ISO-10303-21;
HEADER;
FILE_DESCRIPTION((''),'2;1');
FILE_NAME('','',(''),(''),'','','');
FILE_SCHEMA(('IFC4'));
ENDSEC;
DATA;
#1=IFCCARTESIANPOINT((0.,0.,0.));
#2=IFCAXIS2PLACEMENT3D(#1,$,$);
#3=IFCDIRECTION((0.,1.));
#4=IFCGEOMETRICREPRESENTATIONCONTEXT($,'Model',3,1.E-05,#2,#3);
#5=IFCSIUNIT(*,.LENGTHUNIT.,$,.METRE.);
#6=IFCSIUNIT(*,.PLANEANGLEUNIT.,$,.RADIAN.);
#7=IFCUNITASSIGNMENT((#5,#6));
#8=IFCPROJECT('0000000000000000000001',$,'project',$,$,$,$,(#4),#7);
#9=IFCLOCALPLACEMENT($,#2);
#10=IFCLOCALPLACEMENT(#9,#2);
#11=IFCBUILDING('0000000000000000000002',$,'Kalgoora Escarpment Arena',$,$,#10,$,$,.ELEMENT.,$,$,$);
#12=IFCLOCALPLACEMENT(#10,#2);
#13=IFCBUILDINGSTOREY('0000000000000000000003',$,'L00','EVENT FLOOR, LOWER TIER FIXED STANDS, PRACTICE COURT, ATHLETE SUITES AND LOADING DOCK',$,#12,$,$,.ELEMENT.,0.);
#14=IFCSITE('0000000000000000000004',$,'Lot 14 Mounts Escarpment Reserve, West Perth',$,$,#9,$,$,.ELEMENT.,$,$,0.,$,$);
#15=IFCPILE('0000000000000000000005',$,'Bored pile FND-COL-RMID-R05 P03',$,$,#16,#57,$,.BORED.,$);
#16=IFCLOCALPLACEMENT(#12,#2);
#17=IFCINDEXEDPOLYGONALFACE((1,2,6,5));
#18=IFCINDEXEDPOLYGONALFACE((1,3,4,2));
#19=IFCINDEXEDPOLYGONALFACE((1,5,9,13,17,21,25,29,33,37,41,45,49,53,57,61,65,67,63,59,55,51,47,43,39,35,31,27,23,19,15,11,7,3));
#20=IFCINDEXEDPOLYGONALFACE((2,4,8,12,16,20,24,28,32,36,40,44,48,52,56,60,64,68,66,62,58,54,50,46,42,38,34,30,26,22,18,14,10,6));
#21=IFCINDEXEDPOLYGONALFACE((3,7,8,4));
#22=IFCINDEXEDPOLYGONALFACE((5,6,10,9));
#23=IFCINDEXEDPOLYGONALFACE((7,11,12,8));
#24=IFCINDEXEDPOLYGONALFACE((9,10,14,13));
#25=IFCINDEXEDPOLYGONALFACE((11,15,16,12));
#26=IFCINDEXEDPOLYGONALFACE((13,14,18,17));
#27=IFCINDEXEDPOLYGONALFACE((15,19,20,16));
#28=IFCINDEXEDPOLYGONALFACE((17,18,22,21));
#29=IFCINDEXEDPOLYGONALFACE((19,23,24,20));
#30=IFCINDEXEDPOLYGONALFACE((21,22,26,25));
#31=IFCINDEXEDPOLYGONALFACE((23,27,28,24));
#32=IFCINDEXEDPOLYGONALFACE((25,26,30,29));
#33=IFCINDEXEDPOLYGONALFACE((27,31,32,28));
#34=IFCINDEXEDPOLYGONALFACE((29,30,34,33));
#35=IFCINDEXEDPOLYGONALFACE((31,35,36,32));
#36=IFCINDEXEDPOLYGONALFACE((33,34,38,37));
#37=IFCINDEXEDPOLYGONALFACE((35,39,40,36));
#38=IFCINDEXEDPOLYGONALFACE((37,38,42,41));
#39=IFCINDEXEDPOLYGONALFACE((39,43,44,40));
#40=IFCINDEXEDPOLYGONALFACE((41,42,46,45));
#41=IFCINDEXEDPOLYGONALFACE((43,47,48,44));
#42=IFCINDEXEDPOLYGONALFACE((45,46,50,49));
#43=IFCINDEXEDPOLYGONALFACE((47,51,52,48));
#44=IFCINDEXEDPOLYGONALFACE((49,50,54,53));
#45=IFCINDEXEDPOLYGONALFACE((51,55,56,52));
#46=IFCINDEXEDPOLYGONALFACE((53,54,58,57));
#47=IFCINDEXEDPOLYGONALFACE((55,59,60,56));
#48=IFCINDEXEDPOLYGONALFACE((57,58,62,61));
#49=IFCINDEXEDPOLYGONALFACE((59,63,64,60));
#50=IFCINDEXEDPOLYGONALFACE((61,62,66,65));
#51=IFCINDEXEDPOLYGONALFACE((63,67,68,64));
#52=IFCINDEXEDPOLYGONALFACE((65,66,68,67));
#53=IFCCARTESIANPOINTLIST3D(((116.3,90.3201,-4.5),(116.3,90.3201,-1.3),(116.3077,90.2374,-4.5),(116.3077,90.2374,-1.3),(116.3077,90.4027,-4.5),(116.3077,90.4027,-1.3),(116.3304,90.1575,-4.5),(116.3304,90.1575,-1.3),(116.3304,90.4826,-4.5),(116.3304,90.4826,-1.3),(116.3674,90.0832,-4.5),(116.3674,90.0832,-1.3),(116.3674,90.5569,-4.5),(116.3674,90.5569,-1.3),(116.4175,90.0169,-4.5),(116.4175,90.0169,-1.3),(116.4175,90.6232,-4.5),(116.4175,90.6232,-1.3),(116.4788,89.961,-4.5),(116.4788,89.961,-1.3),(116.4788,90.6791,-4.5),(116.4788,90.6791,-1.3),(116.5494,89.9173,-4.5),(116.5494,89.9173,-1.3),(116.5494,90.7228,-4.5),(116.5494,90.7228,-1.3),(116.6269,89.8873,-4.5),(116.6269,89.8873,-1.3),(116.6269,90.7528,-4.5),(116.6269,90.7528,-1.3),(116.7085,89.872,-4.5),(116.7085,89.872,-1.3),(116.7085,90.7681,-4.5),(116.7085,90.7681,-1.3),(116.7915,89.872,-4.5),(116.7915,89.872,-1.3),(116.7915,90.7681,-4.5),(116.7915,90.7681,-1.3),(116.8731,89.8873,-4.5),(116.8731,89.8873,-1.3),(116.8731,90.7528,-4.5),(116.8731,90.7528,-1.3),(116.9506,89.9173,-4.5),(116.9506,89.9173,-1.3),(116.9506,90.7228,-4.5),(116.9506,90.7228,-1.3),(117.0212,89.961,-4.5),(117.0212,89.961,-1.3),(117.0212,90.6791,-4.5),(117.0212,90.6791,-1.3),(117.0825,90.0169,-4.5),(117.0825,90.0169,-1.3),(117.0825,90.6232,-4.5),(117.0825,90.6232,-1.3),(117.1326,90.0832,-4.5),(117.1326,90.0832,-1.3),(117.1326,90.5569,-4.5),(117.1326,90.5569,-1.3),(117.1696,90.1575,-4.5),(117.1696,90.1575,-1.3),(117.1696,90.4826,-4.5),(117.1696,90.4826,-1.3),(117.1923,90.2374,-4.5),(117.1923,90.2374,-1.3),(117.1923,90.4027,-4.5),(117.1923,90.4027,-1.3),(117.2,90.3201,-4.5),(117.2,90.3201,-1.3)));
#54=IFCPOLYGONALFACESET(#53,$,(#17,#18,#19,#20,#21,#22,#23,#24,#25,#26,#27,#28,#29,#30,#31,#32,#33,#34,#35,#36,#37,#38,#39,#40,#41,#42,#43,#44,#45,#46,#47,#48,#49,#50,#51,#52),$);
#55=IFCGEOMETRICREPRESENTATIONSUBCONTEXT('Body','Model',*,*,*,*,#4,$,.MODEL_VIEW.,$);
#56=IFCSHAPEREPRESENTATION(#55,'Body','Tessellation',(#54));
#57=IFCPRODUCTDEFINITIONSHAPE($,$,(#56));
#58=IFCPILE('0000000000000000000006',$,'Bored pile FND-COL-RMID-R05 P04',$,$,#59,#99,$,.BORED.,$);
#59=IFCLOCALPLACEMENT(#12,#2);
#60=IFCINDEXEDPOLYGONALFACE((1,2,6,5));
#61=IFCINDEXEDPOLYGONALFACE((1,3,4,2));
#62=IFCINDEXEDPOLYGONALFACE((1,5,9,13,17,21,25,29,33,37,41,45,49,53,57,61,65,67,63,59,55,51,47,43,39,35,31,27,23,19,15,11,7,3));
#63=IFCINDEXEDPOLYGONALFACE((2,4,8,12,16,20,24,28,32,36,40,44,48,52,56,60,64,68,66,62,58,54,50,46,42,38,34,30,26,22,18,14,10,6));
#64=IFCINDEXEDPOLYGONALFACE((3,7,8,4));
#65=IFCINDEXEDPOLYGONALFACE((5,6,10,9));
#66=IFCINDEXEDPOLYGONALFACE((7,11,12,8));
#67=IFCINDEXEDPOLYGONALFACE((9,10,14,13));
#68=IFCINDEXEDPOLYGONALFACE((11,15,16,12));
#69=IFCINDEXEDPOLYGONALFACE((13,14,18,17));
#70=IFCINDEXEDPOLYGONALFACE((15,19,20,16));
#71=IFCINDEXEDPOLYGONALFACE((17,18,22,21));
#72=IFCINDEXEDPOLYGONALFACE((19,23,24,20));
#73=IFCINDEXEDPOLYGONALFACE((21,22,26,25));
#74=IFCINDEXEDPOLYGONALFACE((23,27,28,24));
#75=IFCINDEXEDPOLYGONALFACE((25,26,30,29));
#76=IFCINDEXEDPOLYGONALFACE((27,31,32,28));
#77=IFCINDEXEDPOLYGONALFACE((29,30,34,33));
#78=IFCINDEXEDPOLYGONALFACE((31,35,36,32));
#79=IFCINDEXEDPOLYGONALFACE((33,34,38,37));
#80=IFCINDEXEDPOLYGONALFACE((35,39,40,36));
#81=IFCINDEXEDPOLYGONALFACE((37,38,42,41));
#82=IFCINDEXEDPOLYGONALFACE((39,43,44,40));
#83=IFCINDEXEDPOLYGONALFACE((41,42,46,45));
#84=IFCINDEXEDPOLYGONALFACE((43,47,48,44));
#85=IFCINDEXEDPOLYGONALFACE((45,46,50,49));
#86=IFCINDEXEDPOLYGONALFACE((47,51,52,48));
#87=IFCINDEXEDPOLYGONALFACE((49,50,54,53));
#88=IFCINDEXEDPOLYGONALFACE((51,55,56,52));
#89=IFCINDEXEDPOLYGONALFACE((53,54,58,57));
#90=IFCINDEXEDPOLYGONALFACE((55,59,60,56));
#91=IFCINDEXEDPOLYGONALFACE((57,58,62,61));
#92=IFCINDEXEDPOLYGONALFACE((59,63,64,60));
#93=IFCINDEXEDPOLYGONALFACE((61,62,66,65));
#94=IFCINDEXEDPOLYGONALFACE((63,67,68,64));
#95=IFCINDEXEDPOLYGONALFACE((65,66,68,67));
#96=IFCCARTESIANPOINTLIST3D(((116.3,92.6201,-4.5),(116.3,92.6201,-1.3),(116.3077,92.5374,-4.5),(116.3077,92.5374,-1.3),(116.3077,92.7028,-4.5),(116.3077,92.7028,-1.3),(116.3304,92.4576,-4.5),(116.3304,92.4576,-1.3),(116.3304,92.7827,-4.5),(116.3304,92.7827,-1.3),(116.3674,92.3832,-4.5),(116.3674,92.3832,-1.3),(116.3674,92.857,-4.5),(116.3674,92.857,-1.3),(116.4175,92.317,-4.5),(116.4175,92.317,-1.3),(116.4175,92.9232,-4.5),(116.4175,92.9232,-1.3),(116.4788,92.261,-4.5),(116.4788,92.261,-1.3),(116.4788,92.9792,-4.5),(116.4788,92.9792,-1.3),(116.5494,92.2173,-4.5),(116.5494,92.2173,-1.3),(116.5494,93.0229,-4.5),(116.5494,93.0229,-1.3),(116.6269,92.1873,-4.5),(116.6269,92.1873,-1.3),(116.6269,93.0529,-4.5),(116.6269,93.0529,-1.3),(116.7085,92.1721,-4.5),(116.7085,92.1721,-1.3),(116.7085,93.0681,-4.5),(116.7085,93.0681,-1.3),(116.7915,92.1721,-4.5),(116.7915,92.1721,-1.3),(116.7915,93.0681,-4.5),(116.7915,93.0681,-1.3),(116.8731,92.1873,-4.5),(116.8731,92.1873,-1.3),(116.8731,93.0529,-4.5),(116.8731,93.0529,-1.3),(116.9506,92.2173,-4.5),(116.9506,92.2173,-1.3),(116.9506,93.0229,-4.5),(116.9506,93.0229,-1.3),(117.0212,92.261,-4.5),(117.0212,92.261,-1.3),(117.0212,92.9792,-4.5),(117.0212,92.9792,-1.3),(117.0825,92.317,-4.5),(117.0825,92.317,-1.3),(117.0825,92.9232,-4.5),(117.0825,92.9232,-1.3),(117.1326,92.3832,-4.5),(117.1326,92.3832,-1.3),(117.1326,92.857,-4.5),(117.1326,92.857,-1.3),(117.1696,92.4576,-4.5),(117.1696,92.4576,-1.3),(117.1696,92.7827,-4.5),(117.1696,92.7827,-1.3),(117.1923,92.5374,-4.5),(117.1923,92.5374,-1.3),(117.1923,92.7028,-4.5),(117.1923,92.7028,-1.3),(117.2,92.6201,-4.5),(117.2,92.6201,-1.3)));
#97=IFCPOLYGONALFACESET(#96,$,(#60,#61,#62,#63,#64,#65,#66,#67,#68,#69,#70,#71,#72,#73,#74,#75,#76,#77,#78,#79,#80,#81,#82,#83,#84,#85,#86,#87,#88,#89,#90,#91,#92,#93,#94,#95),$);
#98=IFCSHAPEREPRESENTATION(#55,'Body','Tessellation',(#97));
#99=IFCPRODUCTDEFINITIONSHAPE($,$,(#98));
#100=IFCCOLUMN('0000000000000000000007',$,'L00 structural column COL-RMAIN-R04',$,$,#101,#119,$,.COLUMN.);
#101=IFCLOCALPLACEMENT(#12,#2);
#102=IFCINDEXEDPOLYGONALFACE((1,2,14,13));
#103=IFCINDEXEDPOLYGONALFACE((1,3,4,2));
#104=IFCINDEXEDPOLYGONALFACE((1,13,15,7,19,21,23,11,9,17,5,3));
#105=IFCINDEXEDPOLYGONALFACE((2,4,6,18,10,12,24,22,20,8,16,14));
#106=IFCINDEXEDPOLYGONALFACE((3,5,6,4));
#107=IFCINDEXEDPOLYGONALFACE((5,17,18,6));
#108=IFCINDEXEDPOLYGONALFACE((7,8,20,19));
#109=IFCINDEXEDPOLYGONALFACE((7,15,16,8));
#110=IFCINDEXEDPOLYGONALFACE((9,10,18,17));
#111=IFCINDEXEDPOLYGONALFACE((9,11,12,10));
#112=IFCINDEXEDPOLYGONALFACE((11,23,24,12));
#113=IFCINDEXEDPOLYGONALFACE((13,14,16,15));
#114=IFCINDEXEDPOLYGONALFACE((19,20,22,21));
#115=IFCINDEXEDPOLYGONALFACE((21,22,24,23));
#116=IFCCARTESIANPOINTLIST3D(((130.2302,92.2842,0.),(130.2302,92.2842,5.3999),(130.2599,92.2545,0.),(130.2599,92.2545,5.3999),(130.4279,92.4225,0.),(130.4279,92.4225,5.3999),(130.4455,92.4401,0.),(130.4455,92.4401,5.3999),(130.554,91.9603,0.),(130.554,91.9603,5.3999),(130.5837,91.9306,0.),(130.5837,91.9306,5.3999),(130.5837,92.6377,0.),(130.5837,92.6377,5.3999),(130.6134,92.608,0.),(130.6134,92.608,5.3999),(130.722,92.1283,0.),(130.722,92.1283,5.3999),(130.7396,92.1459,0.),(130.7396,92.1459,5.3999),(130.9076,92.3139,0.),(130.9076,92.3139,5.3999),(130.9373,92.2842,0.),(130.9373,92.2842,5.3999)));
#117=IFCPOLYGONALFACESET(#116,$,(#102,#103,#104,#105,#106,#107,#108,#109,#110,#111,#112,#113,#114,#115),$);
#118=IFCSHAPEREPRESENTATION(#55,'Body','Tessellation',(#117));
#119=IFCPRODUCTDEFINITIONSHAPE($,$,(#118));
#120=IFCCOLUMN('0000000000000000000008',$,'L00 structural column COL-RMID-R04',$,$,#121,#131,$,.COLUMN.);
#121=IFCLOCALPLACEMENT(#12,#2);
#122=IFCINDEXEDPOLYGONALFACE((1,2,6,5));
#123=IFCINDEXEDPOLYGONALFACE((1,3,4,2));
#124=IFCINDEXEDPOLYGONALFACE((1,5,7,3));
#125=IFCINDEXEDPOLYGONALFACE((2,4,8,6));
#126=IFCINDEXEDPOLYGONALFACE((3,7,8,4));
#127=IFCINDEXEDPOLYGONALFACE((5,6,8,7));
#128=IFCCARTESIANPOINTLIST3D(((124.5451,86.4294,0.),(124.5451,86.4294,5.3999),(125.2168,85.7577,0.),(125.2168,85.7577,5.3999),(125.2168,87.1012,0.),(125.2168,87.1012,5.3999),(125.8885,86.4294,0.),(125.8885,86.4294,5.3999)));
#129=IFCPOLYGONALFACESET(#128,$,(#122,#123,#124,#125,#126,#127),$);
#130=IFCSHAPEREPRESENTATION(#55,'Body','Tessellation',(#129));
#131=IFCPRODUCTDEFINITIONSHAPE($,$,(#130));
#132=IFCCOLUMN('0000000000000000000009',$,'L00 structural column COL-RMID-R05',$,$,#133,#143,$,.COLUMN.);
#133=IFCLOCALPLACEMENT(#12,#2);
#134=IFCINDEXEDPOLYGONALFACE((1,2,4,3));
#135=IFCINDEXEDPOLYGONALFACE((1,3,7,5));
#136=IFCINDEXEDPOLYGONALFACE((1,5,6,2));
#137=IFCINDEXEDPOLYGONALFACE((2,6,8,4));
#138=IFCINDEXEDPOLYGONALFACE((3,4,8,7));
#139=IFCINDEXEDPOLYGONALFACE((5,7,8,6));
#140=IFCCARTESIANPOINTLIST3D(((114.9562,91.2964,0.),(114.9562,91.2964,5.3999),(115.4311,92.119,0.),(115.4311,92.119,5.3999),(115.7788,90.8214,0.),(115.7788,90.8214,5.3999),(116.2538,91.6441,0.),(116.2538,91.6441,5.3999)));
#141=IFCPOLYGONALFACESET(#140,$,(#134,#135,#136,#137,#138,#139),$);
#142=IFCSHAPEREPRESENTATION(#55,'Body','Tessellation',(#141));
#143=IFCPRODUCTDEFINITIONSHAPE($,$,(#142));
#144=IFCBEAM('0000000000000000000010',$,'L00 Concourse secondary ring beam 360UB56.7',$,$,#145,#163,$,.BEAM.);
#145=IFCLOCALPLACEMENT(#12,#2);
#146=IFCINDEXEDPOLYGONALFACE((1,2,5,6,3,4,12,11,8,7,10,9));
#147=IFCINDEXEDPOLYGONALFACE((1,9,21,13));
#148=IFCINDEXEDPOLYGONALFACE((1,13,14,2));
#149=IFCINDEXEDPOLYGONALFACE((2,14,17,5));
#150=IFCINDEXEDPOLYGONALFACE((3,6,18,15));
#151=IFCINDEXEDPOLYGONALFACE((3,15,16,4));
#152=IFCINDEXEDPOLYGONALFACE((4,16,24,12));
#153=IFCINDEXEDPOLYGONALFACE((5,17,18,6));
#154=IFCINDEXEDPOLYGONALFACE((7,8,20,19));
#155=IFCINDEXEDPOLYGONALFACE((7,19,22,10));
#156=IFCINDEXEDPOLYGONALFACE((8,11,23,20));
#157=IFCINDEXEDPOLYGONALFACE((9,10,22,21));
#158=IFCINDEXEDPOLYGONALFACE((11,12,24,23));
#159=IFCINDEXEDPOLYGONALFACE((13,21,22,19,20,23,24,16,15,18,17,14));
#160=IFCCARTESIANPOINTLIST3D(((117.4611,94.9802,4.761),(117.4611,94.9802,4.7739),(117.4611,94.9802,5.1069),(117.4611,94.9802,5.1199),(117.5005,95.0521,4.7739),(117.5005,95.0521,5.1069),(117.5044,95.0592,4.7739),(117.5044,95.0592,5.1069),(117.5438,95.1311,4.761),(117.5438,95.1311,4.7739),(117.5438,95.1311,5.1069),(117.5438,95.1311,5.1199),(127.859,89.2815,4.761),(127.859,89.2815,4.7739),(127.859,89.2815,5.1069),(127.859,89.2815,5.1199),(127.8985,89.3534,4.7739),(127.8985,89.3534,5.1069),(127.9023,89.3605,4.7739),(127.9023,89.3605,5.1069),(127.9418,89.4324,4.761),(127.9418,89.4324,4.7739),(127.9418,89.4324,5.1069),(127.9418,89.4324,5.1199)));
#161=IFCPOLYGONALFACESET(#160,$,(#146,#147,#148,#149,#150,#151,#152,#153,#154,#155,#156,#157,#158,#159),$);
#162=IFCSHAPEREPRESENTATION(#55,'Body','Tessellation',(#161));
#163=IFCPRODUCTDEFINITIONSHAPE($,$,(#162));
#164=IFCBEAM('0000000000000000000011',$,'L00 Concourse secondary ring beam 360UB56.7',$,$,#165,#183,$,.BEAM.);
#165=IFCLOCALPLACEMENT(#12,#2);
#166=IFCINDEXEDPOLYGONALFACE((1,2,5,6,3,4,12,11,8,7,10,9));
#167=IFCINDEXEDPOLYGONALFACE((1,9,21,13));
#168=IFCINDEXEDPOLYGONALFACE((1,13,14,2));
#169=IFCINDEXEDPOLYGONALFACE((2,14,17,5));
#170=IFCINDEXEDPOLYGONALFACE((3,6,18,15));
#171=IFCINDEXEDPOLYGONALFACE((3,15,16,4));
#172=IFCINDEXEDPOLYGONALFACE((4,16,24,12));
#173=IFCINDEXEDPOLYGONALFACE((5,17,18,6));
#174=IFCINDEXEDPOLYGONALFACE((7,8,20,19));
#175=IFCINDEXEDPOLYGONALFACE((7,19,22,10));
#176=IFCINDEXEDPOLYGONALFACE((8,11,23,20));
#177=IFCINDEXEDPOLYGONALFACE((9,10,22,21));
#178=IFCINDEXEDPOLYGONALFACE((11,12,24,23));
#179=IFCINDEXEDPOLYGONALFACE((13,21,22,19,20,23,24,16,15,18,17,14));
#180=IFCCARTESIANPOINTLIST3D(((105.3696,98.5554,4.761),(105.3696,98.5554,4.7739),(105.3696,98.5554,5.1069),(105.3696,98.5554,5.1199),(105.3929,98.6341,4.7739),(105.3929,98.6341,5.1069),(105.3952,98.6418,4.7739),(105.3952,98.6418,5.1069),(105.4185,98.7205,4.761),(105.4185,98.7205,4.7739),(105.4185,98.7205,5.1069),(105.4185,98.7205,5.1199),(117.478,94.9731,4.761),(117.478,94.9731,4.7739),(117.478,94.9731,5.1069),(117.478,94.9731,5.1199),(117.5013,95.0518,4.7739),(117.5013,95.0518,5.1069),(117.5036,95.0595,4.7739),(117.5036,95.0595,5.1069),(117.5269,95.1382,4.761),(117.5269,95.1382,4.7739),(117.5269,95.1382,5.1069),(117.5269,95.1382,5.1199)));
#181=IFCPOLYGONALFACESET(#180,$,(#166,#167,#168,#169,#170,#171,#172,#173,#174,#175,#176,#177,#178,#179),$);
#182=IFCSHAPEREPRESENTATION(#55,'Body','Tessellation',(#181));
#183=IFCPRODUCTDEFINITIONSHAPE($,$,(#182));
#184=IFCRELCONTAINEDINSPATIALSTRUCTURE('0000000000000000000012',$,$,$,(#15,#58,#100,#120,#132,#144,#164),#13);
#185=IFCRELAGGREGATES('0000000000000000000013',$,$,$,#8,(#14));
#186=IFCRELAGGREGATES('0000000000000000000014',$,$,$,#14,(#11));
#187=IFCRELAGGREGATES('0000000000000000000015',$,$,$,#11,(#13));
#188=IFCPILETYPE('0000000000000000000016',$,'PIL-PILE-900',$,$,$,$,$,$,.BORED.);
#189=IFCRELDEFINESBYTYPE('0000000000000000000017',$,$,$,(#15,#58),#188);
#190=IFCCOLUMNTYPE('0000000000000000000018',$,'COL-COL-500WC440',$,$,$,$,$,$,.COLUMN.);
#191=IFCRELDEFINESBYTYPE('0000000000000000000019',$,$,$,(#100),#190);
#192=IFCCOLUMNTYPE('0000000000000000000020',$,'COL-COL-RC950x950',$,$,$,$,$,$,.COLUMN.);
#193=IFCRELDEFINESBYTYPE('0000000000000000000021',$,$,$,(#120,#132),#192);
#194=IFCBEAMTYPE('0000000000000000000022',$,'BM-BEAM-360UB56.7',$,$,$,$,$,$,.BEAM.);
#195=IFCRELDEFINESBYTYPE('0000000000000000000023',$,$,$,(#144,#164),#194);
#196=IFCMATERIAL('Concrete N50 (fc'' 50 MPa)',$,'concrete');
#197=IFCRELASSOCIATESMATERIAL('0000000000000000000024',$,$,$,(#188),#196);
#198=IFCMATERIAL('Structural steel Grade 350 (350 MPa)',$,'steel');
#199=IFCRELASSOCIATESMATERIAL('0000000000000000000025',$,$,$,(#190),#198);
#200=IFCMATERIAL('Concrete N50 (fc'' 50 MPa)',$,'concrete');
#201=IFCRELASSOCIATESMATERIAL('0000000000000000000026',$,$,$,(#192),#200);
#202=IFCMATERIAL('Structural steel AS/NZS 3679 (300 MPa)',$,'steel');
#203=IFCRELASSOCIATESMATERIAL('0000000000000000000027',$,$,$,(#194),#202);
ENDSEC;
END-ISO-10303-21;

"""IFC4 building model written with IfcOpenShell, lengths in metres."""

from ifc_helpers import new_model, si_unit, direction, frame, origin, origin_2d, place, context, subcontext, project, spatial, rectangle, circle, i_section, extrude, material, material_profile, profile_set, type_object, element, save


model = new_model("IFC4")

# Units and contexts
model_context = context("Model", 3, precision=1e-05, world=origin(), true_north=direction((0.0, 1.0)))
body_context = subcontext(model_context, "Body", "Model", "MODEL_VIEW")
ifc_project = project(units=[si_unit("LENGTHUNIT", "METRE"), si_unit("PLANEANGLEUNIT", "RADIAN")], contexts=[model_context])

# Site, building, storey
site_placement = place(None, origin())
site = spatial("IfcSite", under=ifc_project, at=site_placement, Name="Lot 14 Mounts Escarpment Reserve, West Perth", CompositionType="ELEMENT", RefElevation=0.0)
building_placement = place(site_placement, origin())
building = spatial("IfcBuilding", under=site, at=building_placement, Name="Kalgoora Escarpment Arena", CompositionType="ELEMENT")
storey_placement = place(building_placement, origin())
storey = spatial("IfcBuildingStorey", under=building, at=storey_placement, Name="L00", Description="EVENT FLOOR, LOWER TIER FIXED STANDS, PRACTICE COURT, ATHLETE SUITES AND LOADING DOCK", CompositionType="ELEMENT", Elevation=0.0)

# Piles
ifc_material_1 = material(Name="Concrete N50 (fc' 50 MPa)", Category="concrete")
ifc_material_profile_1 = material_profile(ifc_material_1, circle(Radius=0.45, at=origin_2d()))
ifc_profile_set_1 = profile_set([ifc_material_profile_1], Name="Concrete N50 (fc' 50 MPa)")
pile_type_1 = type_object("IfcPileType", Name="PIL-PILE-900", PredefinedType="BORED", material=ifc_profile_set_1)
for number, where, z_axis, x_axis, name in (
    (1, (116.75, 90.3201, -1.3), (0.0, 0.0, -1.0), (1.0, 0.0, 0.0), "Bored pile FND-COL-RMID-R05 P03"),
    (2, (116.75, 92.6201, -1.3), (0.0, 0.0, -1.0), (1.0, 0.0, 0.0), "Bored pile FND-COL-RMID-R05 P04"),
):
    element("IfcPile", number, at=place(storey_placement, frame(where, z_axis=z_axis, x_axis=x_axis)), inside=storey, type_object=pile_type_1, Name=name, PredefinedType="BORED", context=body_context, shape_type="SweptSolid", body=[
        extrude(circle(Radius=0.45, at=origin_2d()), origin(), (0.0, 0.0, 1.0), 3.2),
    ])

# Columns
ifc_material_2 = material(Name="Structural steel Grade 350 (350 MPa)", Category="steel")
ifc_material_profile_2 = material_profile(ifc_material_2, i_section(OverallWidth=0.5, OverallDepth=0.5, WebThickness=0.0249, FlangeThickness=0.042, at=origin_2d()))
ifc_profile_set_2 = profile_set([ifc_material_profile_2], Name="Structural steel Grade 350 (350 MPa)")
column_type_1 = type_object("IfcColumnType", Name="COL-COL-500WC440", PredefinedType="COLUMN", material=ifc_profile_set_2)
column_placement = place(storey_placement, frame((130.5837, 92.2842, 0.0), z_axis=(0.0, 0.0, 1.0), x_axis=(0.707107, 0.707107, 0.0)))
element("IfcColumn", 3, at=column_placement, inside=storey, type_object=column_type_1, Name="L00 structural column COL-RMAIN-R04", PredefinedType="COLUMN", context=body_context, shape_type="SweptSolid", body=[
    extrude(i_section(OverallWidth=0.5, OverallDepth=0.5, WebThickness=0.0249, FlangeThickness=0.042, at=origin_2d()), origin(), (0.0, 0.0, 1.0), 5.3999),
])
ifc_material_3 = material(Name="Concrete N50 (fc' 50 MPa)", Category="concrete")
ifc_material_profile_3 = material_profile(ifc_material_3, rectangle(XDim=0.95, YDim=0.95, at=origin_2d()))
ifc_profile_set_3 = profile_set([ifc_material_profile_3], Name="Concrete N50 (fc' 50 MPa)")
column_type_2 = type_object("IfcColumnType", Name="COL-COL-RC950x950", PredefinedType="COLUMN", material=ifc_profile_set_3)
for number, where, z_axis, x_axis, name in (
    (4, (125.2168, 86.4294, 0.0), (0.0, 0.0, 1.0), (0.707107, 0.707107, 0.0), "L00 structural column COL-RMID-R04"),
    (5, (115.605, 91.4702, 0.0), (0.0, 0.0, 1.0), (0.5, 0.866025, 0.0), "L00 structural column COL-RMID-R05"),
):
    element("IfcColumn", number, at=place(storey_placement, frame(where, z_axis=z_axis, x_axis=x_axis)), inside=storey, type_object=column_type_2, Name=name, PredefinedType="COLUMN", context=body_context, shape_type="SweptSolid", body=[
        extrude(rectangle(XDim=0.95, YDim=0.95, at=origin_2d()), origin(), (0.0, 0.0, 1.0), 5.3999),
    ])

# Beams
ifc_material_4 = material(Name="Structural steel AS/NZS 3679 (300 MPa)", Category="steel")
ifc_material_profile_4 = material_profile(ifc_material_4, i_section(OverallWidth=0.1721, OverallDepth=0.3589, WebThickness=0.0081, FlangeThickness=0.0129, at=origin_2d()))
ifc_profile_set_4 = profile_set([ifc_material_profile_4], Name="Structural steel AS/NZS 3679 (300 MPa)")
beam_type_1 = type_object("IfcBeamType", Name="BM-BEAM-360UB56.7", PredefinedType="BEAM", material=ifc_profile_set_4)
beam_1_placement = place(storey_placement, frame((127.9004, 89.3569, 4.9404), z_axis=(-0.876932, 0.480614, 0.0), x_axis=(-0.480614, -0.876932, 0.0)))
element("IfcBeam", 6, at=beam_1_placement, inside=storey, type_object=beam_type_1, Name="L00 Concourse secondary ring beam 360UB56.7", PredefinedType="BEAM", context=body_context, shape_type="SweptSolid", body=[
    extrude(i_section(OverallWidth=0.1721, OverallDepth=0.3589, WebThickness=0.0081, FlangeThickness=0.0129, at=origin_2d()), origin(), (0.0, 0.0, 1.0), 11.8572),
])
beam_2_placement = place(storey_placement, frame((117.5024, 95.0557, 4.9404), z_axis=(-0.958914, 0.283695, 0.0), x_axis=(-0.283695, -0.958914, 0.0)))
element("IfcBeam", 7, at=beam_2_placement, inside=storey, type_object=beam_type_1, Name="L00 Concourse secondary ring beam 360UB56.7", PredefinedType="BEAM", context=body_context, shape_type="SweptSolid", body=[
    extrude(i_section(OverallWidth=0.1721, OverallDepth=0.3589, WebThickness=0.0081, FlangeThickness=0.0129, at=origin_2d()), origin(), (0.0, 0.0, 1.0), 12.6272),
])

save(model, "model.ifc")
